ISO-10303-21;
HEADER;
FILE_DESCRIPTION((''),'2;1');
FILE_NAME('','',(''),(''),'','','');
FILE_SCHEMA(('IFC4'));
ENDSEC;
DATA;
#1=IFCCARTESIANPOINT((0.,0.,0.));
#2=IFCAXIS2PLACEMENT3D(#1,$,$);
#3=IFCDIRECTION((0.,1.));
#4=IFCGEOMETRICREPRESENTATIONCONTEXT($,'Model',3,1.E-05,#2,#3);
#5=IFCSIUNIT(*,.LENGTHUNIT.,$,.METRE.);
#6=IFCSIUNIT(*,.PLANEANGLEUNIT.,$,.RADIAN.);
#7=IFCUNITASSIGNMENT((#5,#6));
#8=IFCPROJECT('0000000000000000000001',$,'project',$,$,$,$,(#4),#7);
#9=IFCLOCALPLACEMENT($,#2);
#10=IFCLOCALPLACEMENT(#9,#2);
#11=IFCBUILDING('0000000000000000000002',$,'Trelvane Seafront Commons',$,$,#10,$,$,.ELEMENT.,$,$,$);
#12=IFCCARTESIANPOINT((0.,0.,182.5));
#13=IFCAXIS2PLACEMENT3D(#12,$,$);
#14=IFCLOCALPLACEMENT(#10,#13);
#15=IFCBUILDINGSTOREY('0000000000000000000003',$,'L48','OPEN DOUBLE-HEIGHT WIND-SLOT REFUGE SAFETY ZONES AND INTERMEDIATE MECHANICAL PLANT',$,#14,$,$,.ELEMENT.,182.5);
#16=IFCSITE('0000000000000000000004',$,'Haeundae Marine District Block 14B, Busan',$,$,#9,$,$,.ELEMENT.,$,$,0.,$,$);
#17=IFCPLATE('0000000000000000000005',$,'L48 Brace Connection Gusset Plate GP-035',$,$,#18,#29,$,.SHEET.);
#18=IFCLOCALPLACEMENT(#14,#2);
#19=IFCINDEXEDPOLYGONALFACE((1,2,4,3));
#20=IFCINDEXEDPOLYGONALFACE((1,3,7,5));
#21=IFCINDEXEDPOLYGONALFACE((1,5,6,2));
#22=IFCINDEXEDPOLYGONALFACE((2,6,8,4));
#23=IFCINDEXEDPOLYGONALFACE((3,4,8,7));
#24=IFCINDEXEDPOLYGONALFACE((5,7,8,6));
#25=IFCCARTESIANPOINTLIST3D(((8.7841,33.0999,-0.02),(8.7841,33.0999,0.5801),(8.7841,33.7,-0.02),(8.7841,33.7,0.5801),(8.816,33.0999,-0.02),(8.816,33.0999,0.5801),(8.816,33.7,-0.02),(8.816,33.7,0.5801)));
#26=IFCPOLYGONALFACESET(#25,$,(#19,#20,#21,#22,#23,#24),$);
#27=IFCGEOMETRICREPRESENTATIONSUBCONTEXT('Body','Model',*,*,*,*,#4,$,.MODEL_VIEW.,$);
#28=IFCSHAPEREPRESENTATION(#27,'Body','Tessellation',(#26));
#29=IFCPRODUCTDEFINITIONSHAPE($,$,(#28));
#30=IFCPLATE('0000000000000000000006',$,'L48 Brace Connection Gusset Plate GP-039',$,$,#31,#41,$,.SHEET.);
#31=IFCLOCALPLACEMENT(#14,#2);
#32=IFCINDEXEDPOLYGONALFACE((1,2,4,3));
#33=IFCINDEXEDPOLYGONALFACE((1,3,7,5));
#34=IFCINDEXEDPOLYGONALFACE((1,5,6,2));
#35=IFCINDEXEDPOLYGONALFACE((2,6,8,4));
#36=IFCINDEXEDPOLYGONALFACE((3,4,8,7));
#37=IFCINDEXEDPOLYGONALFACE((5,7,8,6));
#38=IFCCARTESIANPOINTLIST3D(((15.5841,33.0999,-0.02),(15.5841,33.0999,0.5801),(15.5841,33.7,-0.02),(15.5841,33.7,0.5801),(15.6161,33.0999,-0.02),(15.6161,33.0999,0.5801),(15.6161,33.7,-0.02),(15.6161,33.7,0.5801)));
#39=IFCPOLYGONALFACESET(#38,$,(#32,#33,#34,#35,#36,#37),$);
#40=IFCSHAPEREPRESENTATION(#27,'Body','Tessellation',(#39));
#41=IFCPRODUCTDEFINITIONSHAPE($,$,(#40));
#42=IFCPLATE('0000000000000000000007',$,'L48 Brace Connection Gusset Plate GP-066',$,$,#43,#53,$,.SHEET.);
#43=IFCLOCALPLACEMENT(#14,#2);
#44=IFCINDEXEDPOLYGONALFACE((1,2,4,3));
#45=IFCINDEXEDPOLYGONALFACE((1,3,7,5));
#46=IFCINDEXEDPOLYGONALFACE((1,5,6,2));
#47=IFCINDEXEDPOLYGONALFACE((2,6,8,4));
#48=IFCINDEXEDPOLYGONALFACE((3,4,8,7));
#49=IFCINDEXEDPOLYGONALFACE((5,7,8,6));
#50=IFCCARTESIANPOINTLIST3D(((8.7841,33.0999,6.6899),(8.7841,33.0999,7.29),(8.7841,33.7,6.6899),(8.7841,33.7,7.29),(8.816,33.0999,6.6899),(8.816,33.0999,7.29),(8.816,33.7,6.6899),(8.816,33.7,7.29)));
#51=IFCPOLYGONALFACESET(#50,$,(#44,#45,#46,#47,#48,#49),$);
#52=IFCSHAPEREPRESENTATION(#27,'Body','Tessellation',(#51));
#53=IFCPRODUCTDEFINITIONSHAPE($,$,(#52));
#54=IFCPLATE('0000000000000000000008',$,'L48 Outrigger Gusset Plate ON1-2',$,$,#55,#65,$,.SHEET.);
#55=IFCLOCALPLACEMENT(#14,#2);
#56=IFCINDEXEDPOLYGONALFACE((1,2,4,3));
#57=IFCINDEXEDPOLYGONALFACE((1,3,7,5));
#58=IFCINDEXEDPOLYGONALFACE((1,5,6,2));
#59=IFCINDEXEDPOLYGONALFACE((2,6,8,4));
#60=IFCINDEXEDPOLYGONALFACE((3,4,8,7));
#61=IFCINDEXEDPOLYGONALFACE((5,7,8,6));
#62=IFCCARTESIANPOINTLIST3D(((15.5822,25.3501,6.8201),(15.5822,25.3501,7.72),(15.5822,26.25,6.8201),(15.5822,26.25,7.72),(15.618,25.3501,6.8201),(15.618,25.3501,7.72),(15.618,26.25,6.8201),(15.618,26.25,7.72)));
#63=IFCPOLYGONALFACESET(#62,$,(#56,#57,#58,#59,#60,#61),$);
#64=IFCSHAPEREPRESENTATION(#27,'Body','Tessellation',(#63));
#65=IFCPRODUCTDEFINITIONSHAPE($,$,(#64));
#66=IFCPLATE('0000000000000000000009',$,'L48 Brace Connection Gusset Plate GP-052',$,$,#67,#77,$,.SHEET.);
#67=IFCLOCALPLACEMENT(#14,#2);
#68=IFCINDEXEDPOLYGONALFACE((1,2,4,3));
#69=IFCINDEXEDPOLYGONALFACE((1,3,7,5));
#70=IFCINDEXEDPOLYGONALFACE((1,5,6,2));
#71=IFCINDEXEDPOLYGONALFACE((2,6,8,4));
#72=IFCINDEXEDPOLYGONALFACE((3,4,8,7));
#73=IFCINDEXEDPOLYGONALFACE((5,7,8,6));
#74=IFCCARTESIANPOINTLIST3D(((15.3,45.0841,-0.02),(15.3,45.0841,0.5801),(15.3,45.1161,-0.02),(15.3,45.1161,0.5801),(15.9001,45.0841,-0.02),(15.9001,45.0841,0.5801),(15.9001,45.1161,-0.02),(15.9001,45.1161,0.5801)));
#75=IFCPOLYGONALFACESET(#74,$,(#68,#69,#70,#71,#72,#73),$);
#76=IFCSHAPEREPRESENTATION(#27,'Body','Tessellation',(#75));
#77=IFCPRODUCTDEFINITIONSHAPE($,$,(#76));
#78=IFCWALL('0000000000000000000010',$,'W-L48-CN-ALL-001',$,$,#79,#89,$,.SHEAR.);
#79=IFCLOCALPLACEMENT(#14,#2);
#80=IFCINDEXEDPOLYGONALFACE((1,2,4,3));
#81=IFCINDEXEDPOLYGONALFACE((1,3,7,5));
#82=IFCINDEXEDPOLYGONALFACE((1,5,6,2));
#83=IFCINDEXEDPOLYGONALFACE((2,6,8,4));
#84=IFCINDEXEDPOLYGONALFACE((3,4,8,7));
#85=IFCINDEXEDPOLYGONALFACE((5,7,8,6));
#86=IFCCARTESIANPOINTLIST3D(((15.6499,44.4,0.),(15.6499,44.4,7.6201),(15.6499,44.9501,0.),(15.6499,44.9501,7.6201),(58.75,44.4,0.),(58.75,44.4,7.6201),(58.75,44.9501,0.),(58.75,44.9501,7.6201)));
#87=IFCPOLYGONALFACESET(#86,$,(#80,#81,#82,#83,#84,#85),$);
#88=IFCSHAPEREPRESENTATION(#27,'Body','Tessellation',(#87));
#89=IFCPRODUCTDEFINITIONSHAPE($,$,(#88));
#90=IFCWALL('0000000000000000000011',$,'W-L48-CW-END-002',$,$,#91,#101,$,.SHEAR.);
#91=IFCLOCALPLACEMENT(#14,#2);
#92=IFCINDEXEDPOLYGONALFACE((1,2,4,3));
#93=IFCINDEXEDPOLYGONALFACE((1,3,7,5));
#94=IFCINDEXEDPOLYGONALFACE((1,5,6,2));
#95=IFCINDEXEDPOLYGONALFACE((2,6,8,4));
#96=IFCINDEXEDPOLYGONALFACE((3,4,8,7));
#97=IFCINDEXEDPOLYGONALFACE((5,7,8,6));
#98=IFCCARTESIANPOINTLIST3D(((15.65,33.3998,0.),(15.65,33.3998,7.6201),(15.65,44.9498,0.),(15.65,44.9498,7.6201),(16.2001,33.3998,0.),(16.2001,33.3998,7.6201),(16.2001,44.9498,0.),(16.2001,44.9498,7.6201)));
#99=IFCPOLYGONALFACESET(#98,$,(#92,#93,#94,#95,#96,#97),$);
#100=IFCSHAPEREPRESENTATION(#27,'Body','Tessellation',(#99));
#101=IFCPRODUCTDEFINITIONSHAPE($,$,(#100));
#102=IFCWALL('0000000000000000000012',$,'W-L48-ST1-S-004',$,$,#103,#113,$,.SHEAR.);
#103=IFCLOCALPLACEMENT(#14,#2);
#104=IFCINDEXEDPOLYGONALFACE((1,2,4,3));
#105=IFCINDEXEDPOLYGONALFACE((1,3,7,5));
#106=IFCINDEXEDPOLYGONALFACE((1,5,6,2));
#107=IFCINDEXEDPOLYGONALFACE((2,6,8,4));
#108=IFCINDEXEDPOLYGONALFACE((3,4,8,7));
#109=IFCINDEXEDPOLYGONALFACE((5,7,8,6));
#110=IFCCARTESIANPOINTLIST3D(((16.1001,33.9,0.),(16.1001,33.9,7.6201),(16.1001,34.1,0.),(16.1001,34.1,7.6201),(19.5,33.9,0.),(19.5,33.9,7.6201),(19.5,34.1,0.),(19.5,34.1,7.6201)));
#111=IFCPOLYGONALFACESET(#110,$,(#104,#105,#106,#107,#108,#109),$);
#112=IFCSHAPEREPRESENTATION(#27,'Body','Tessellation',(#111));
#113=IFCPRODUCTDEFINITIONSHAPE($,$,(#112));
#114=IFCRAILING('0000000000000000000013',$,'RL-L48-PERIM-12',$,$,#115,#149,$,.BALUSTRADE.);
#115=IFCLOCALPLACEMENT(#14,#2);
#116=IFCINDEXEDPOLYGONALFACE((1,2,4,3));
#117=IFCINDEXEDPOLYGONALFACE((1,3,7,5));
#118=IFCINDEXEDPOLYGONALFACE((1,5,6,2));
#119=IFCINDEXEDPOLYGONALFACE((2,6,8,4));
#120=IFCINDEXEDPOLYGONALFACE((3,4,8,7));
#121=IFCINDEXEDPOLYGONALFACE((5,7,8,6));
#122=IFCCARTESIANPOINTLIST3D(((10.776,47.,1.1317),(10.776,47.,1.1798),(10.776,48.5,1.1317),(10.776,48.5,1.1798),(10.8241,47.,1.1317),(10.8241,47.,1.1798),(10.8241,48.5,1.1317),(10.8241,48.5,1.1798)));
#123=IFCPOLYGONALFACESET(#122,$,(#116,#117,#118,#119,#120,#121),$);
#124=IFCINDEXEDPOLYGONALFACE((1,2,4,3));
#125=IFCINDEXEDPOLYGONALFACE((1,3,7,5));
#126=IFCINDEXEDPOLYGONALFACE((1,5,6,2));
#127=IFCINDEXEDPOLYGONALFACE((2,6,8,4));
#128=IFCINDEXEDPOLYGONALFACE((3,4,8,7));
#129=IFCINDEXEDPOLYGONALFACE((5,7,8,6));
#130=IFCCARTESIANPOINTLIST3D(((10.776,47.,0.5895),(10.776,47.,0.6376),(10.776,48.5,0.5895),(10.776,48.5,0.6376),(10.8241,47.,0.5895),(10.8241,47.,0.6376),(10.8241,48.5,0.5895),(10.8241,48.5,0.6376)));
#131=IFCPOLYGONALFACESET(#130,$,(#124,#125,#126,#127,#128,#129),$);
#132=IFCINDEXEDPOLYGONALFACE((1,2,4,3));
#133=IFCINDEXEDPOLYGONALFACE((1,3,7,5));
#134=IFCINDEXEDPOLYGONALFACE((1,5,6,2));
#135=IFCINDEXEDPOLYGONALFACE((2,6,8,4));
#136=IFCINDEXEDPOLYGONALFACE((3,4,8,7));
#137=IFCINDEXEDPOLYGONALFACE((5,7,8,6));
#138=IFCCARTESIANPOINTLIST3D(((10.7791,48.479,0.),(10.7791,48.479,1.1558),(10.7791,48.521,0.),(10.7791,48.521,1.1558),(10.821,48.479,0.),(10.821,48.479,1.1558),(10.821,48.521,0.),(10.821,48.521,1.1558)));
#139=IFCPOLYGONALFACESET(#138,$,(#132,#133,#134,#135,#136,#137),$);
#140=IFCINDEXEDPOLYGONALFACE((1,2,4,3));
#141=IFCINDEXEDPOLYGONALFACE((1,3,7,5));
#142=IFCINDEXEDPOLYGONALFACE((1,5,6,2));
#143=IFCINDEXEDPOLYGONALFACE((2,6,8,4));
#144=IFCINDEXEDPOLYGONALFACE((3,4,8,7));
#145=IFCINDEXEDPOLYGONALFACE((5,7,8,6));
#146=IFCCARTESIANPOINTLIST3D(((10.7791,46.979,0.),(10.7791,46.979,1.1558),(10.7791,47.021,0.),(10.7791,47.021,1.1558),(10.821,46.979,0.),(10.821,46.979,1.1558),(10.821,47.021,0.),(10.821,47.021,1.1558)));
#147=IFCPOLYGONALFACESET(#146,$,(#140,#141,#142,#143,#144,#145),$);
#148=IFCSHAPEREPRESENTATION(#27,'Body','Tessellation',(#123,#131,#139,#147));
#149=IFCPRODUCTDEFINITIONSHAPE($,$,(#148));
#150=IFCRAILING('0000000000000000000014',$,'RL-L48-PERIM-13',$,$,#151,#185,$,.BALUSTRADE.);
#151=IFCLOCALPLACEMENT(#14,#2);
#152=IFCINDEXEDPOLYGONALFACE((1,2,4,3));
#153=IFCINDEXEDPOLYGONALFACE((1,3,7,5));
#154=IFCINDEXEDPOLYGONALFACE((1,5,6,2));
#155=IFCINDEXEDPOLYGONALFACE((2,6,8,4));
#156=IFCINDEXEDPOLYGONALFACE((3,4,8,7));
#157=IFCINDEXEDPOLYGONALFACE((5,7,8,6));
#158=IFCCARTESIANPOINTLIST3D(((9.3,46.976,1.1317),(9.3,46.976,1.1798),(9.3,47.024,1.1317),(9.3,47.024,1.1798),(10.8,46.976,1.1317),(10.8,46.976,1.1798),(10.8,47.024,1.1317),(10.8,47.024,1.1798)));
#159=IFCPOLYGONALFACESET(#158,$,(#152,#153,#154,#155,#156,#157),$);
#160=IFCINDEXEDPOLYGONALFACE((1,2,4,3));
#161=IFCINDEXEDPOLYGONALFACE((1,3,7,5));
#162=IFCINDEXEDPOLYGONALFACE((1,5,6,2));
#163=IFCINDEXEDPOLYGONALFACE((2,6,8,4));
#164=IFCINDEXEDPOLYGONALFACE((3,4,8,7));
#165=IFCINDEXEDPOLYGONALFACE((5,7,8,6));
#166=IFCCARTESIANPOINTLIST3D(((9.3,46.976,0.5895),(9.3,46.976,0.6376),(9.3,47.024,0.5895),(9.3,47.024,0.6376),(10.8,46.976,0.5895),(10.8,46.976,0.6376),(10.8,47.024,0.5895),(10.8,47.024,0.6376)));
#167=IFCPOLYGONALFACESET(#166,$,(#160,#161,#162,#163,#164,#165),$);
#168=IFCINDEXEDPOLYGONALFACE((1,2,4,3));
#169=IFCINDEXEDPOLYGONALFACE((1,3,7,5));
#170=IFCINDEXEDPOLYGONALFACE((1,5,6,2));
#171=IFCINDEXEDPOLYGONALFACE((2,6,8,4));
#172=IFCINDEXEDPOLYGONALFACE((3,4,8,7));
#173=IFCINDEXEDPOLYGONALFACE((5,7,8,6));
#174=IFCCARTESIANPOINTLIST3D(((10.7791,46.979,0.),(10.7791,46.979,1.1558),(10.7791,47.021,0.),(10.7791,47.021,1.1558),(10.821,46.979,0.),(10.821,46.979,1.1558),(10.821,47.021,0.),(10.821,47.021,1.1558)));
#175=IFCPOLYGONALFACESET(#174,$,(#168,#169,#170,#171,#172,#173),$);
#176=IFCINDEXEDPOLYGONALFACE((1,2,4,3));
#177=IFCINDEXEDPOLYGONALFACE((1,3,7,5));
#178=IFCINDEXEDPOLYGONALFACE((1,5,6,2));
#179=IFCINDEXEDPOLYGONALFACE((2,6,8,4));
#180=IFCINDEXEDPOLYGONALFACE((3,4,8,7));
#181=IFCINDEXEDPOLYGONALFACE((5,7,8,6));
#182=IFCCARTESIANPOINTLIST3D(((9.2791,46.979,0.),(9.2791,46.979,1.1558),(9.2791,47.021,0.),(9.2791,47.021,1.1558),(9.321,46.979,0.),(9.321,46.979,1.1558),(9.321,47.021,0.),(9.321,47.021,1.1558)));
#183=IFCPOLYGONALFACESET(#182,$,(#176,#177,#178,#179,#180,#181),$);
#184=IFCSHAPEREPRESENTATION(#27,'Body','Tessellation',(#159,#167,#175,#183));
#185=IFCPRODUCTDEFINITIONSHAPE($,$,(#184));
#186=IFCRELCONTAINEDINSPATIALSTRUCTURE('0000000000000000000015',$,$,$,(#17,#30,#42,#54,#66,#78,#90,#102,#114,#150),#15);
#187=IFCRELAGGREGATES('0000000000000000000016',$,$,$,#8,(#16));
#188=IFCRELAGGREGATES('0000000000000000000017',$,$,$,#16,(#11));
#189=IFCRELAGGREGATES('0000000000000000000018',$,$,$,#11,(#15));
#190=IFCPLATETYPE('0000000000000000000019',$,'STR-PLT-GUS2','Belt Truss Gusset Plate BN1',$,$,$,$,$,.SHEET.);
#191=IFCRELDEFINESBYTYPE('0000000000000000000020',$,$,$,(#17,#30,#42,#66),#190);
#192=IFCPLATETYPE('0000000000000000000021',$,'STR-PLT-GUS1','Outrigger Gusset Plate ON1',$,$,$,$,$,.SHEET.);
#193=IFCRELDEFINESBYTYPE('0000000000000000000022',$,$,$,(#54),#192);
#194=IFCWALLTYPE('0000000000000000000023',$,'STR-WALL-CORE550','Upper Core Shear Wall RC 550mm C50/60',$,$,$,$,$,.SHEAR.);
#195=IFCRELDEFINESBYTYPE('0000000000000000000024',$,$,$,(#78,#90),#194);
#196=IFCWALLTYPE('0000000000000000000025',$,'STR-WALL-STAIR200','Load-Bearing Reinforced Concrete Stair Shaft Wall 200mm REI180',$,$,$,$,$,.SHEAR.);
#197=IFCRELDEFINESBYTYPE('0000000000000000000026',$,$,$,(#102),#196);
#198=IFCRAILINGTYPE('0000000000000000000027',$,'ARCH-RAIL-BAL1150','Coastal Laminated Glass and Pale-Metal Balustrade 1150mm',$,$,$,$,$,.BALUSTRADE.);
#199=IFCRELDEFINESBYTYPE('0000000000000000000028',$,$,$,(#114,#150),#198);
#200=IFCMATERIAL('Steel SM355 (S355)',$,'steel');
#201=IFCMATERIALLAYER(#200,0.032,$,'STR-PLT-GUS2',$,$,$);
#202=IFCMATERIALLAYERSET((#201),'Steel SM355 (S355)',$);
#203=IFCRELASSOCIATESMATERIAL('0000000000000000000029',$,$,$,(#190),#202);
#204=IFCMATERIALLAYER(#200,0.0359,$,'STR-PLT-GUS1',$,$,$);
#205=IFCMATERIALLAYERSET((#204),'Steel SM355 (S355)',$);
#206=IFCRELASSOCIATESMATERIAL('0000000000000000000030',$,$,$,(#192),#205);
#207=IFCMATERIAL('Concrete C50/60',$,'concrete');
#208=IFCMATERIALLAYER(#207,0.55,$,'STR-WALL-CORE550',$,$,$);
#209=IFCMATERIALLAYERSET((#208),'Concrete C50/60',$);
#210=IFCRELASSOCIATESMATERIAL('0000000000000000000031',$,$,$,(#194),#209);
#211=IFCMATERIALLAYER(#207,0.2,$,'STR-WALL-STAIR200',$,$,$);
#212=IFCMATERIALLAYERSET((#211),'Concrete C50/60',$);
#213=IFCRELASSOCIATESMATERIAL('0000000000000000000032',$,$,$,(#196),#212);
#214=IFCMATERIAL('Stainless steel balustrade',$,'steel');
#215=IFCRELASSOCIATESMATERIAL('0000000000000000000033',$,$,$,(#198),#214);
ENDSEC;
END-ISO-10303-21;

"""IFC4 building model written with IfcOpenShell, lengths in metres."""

from ifc_helpers import new_model, si_unit, direction, frame, frame_2d, origin, origin_2d, place, context, subcontext, project, spatial, rectangle, extrude, source, transform, mapped, material, layer, layer_set, type_object, element, save


model = new_model("IFC4")

# Units and contexts
model_context = context("Model", 3, precision=1e-05, world=origin(), true_north=direction((0.0, 1.0)))
body_context = subcontext(model_context, "Body", "Model", "MODEL_VIEW")
ifc_project = project(units=[si_unit("LENGTHUNIT", "METRE"), si_unit("PLANEANGLEUNIT", "RADIAN")], contexts=[model_context])

# Site, building, storey
site_placement = place(None, origin())
site = spatial("IfcSite", under=ifc_project, at=site_placement, Name="Haeundae Marine District Block 14B, Busan", CompositionType="ELEMENT", RefElevation=0.0)
building_placement = place(site_placement, origin())
building = spatial("IfcBuilding", under=site, at=building_placement, Name="Trelvane Seafront Commons", CompositionType="ELEMENT")
storey_placement = place(building_placement, frame((0.0, 0.0, 182.5)))
storey = spatial("IfcBuildingStorey", under=building, at=storey_placement, Name="L48", Description="OPEN DOUBLE-HEIGHT WIND-SLOT REFUGE SAFETY ZONES AND INTERMEDIATE MECHANICAL PLANT", CompositionType="ELEMENT", Elevation=182.5)

# Shared definitions
ifc_material_1 = material(Name="Steel SM355 (S355)", Category="steel")
ifc_material_2 = material(Name="Concrete C50/60", Category="concrete")

# Plates
ifc_layer_1 = layer(ifc_material_1, 0.032, Name="STR-PLT-GUS2")
ifc_layer_set_1 = layer_set([ifc_layer_1], Name="Steel SM355 (S355)")
plate_type_1 = type_object("IfcPlateType", Name="STR-PLT-GUS2", Description="Belt Truss Gusset Plate BN1", PredefinedType="SHEET", material=ifc_layer_set_1)
shared_shape_1 = source(origin(), body_context, "Body", "SweptSolid", [
    extrude(rectangle(XDim=0.032, YDim=0.6001, at=origin_2d()), origin(), (0.0, 0.0, 1.0), 0.6001),
])
for number, where, z_axis, x_axis, name in (
    (1, (8.8, 33.3999, -0.02), (0.0, 0.0, 1.0), (1.0, 0.0, 0.0), "L48 Brace Connection Gusset Plate GP-035"),
    (2, (15.6001, 33.3999, -0.02), (0.0, 0.0, 1.0), (1.0, 0.0, 0.0), "L48 Brace Connection Gusset Plate GP-039"),
    (3, (8.8, 33.3999, 6.6899), (0.0, 0.0, 1.0), (1.0, 0.0, 0.0), "L48 Brace Connection Gusset Plate GP-066"),
):
    element("IfcPlate", number, at=place(storey_placement, frame(where, z_axis=z_axis, x_axis=x_axis)), inside=storey, type_object=plate_type_1, Name=name, PredefinedType="SHEET", context=body_context, shape_type="MappedRepresentation", body=[
        mapped(shared_shape_1, transform((0.0, 0.0, 0.0), x_axis=(1.0, 0.0, 0.0), y_axis=(0.0, 1.0, 0.0), z_axis=(0.0, 0.0, 1.0), scale=1.0)),
    ])
ifc_layer_2 = layer(ifc_material_1, 0.0359, Name="STR-PLT-GUS1")
ifc_layer_set_2 = layer_set([ifc_layer_2], Name="Steel SM355 (S355)")
plate_type_2 = type_object("IfcPlateType", Name="STR-PLT-GUS1", Description="Outrigger Gusset Plate ON1", PredefinedType="SHEET", material=ifc_layer_set_2)
shared_shape_2 = source(origin(), body_context, "Body", "SweptSolid", [
    extrude(rectangle(XDim=0.0359, YDim=0.8999, at=origin_2d()), origin(), (0.0, 0.0, 1.0), 0.8999),
])
plate_1_placement = place(storey_placement, frame((15.6001, 25.8, 6.8201), z_axis=(0.0, 0.0, 1.0), x_axis=(1.0, 0.0, 0.0)))
element("IfcPlate", 4, at=plate_1_placement, inside=storey, type_object=plate_type_2, Name="L48 Outrigger Gusset Plate ON1-2", PredefinedType="SHEET", context=body_context, shape_type="MappedRepresentation", body=[
    mapped(shared_shape_2, transform((0.0, 0.0, 0.0), x_axis=(1.0, 0.0, 0.0), y_axis=(0.0, 1.0, 0.0), z_axis=(0.0, 0.0, 1.0), scale=1.0)),
])
shared_shape_3 = source(origin(), body_context, "Body", "SweptSolid", [
    extrude(rectangle(XDim=0.6001, YDim=0.032, at=origin_2d()), origin(), (0.0, 0.0, 1.0), 0.6001),
])
plate_2_placement = place(storey_placement, frame((15.6001, 45.1001, -0.02), z_axis=(0.0, 0.0, 1.0), x_axis=(1.0, 0.0, 0.0)))
element("IfcPlate", 5, at=plate_2_placement, inside=storey, type_object=plate_type_1, Name="L48 Brace Connection Gusset Plate GP-052", PredefinedType="SHEET", context=body_context, shape_type="MappedRepresentation", body=[
    mapped(shared_shape_3, transform((0.0, 0.0, 0.0), x_axis=(1.0, 0.0, 0.0), y_axis=(0.0, 1.0, 0.0), z_axis=(0.0, 0.0, 1.0), scale=1.0)),
])

# Walls
ifc_layer_3 = layer(ifc_material_2, 0.55, Name="STR-WALL-CORE550")
ifc_layer_set_3 = layer_set([ifc_layer_3], Name="Concrete C50/60")
wall_type_1 = type_object("IfcWallType", Name="STR-WALL-CORE550", Description="Upper Core Shear Wall RC 550mm C50/60", PredefinedType="SHEAR", material=ifc_layer_set_3)
wall_1_placement = place(storey_placement, frame((15.6499, 44.675, 0.0), z_axis=(0.0, 0.0, 1.0), x_axis=(1.0, 0.0, 0.0)))
element("IfcWall", 6, at=wall_1_placement, inside=storey, type_object=wall_type_1, Name="W-L48-CN-ALL-001", PredefinedType="SHEAR", context=body_context, shape_type="SweptSolid", body=[
    extrude(rectangle(XDim=43.1001, YDim=0.55, at=frame_2d((21.55, 0.0))), origin(), (0.0, 0.0, 1.0), 7.6201),
])
wall_2_placement = place(storey_placement, frame((15.925, 33.3999, 0.0), z_axis=(0.0, 0.0, 1.0), x_axis=(0.0, 1.0, 0.0)))
element("IfcWall", 7, at=wall_2_placement, inside=storey, type_object=wall_type_1, Name="W-L48-CW-END-002", PredefinedType="SHEAR", context=body_context, shape_type="SweptSolid", body=[
    extrude(rectangle(XDim=11.55, YDim=0.55, at=frame_2d((5.7749, 0.0))), origin(), (0.0, 0.0, 1.0), 7.6201),
])
ifc_layer_4 = layer(ifc_material_2, 0.2, Name="STR-WALL-STAIR200")
ifc_layer_set_4 = layer_set([ifc_layer_4], Name="Concrete C50/60")
wall_type_2 = type_object("IfcWallType", Name="STR-WALL-STAIR200", Description="Load-Bearing Reinforced Concrete Stair Shaft Wall 200mm REI180", PredefinedType="SHEAR", material=ifc_layer_set_4)
wall_3_placement = place(storey_placement, frame((16.1001, 34.0, 0.0), z_axis=(0.0, 0.0, 1.0), x_axis=(1.0, 0.0, 0.0)))
element("IfcWall", 8, at=wall_3_placement, inside=storey, type_object=wall_type_2, Name="W-L48-ST1-S-004", PredefinedType="SHEAR", context=body_context, shape_type="SweptSolid", body=[
    extrude(rectangle(XDim=3.3999, YDim=0.2, at=frame_2d((1.7, 0.0))), origin(), (0.0, 0.0, 1.0), 7.6201),
])

# Railings
ifc_material_3 = material(Name="Stainless steel balustrade", Category="steel")
railing_type_1 = type_object("IfcRailingType", Name="ARCH-RAIL-BAL1150", Description="Coastal Laminated Glass and Pale-Metal Balustrade 1150mm", PredefinedType="BALUSTRADE", material=ifc_material_3)
railing_1_placement = place(storey_placement, frame((10.8, 48.5, 0.0)))
element("IfcRailing", 9, at=railing_1_placement, inside=storey, type_object=railing_type_1, Name="RL-L48-PERIM-12", PredefinedType="BALUSTRADE", context=body_context, shape_type="SweptSolid", body=[
    extrude(rectangle(XDim=0.0481, YDim=0.0481, at=origin_2d()), frame((0.0, 0.0, 1.1558), z_axis=(0.0, -1.0, 0.0), x_axis=(1.0, 0.0, 0.0)), (0.0, 0.0, 1.0), 1.5),
    extrude(rectangle(XDim=0.0481, YDim=0.0481, at=origin_2d()), frame((0.0, 0.0, 0.6135), z_axis=(0.0, -1.0, 0.0), x_axis=(1.0, 0.0, 0.0)), (0.0, 0.0, 1.0), 1.5),
    extrude(rectangle(XDim=0.042, YDim=0.042, at=origin_2d()), origin(), (0.0, 0.0, 1.0), 1.1558),
    extrude(rectangle(XDim=0.042, YDim=0.042, at=origin_2d()), frame((0.0, -1.5, 0.0)), (0.0, 0.0, 1.0), 1.1558),
])
railing_2_placement = place(storey_placement, frame((10.8, 47.0, 0.0)))
element("IfcRailing", 10, at=railing_2_placement, inside=storey, type_object=railing_type_1, Name="RL-L48-PERIM-13", PredefinedType="BALUSTRADE", context=body_context, shape_type="SweptSolid", body=[
    extrude(rectangle(XDim=0.0481, YDim=0.0481, at=origin_2d()), frame((0.0, 0.0, 1.1558), z_axis=(-1.0, 0.0, 0.0), x_axis=(0.0, -1.0, 0.0)), (0.0, 0.0, 1.0), 1.5),
    extrude(rectangle(XDim=0.0481, YDim=0.0481, at=origin_2d()), frame((0.0, 0.0, 0.6135), z_axis=(-1.0, 0.0, 0.0), x_axis=(0.0, -1.0, 0.0)), (0.0, 0.0, 1.0), 1.5),
    extrude(rectangle(XDim=0.042, YDim=0.042, at=origin_2d()), origin(), (0.0, 0.0, 1.0), 1.1558),
    extrude(rectangle(XDim=0.042, YDim=0.042, at=origin_2d()), frame((-1.5, 0.0, 0.0)), (0.0, 0.0, 1.0), 1.1558),
])

save(model, "model.ifc")
